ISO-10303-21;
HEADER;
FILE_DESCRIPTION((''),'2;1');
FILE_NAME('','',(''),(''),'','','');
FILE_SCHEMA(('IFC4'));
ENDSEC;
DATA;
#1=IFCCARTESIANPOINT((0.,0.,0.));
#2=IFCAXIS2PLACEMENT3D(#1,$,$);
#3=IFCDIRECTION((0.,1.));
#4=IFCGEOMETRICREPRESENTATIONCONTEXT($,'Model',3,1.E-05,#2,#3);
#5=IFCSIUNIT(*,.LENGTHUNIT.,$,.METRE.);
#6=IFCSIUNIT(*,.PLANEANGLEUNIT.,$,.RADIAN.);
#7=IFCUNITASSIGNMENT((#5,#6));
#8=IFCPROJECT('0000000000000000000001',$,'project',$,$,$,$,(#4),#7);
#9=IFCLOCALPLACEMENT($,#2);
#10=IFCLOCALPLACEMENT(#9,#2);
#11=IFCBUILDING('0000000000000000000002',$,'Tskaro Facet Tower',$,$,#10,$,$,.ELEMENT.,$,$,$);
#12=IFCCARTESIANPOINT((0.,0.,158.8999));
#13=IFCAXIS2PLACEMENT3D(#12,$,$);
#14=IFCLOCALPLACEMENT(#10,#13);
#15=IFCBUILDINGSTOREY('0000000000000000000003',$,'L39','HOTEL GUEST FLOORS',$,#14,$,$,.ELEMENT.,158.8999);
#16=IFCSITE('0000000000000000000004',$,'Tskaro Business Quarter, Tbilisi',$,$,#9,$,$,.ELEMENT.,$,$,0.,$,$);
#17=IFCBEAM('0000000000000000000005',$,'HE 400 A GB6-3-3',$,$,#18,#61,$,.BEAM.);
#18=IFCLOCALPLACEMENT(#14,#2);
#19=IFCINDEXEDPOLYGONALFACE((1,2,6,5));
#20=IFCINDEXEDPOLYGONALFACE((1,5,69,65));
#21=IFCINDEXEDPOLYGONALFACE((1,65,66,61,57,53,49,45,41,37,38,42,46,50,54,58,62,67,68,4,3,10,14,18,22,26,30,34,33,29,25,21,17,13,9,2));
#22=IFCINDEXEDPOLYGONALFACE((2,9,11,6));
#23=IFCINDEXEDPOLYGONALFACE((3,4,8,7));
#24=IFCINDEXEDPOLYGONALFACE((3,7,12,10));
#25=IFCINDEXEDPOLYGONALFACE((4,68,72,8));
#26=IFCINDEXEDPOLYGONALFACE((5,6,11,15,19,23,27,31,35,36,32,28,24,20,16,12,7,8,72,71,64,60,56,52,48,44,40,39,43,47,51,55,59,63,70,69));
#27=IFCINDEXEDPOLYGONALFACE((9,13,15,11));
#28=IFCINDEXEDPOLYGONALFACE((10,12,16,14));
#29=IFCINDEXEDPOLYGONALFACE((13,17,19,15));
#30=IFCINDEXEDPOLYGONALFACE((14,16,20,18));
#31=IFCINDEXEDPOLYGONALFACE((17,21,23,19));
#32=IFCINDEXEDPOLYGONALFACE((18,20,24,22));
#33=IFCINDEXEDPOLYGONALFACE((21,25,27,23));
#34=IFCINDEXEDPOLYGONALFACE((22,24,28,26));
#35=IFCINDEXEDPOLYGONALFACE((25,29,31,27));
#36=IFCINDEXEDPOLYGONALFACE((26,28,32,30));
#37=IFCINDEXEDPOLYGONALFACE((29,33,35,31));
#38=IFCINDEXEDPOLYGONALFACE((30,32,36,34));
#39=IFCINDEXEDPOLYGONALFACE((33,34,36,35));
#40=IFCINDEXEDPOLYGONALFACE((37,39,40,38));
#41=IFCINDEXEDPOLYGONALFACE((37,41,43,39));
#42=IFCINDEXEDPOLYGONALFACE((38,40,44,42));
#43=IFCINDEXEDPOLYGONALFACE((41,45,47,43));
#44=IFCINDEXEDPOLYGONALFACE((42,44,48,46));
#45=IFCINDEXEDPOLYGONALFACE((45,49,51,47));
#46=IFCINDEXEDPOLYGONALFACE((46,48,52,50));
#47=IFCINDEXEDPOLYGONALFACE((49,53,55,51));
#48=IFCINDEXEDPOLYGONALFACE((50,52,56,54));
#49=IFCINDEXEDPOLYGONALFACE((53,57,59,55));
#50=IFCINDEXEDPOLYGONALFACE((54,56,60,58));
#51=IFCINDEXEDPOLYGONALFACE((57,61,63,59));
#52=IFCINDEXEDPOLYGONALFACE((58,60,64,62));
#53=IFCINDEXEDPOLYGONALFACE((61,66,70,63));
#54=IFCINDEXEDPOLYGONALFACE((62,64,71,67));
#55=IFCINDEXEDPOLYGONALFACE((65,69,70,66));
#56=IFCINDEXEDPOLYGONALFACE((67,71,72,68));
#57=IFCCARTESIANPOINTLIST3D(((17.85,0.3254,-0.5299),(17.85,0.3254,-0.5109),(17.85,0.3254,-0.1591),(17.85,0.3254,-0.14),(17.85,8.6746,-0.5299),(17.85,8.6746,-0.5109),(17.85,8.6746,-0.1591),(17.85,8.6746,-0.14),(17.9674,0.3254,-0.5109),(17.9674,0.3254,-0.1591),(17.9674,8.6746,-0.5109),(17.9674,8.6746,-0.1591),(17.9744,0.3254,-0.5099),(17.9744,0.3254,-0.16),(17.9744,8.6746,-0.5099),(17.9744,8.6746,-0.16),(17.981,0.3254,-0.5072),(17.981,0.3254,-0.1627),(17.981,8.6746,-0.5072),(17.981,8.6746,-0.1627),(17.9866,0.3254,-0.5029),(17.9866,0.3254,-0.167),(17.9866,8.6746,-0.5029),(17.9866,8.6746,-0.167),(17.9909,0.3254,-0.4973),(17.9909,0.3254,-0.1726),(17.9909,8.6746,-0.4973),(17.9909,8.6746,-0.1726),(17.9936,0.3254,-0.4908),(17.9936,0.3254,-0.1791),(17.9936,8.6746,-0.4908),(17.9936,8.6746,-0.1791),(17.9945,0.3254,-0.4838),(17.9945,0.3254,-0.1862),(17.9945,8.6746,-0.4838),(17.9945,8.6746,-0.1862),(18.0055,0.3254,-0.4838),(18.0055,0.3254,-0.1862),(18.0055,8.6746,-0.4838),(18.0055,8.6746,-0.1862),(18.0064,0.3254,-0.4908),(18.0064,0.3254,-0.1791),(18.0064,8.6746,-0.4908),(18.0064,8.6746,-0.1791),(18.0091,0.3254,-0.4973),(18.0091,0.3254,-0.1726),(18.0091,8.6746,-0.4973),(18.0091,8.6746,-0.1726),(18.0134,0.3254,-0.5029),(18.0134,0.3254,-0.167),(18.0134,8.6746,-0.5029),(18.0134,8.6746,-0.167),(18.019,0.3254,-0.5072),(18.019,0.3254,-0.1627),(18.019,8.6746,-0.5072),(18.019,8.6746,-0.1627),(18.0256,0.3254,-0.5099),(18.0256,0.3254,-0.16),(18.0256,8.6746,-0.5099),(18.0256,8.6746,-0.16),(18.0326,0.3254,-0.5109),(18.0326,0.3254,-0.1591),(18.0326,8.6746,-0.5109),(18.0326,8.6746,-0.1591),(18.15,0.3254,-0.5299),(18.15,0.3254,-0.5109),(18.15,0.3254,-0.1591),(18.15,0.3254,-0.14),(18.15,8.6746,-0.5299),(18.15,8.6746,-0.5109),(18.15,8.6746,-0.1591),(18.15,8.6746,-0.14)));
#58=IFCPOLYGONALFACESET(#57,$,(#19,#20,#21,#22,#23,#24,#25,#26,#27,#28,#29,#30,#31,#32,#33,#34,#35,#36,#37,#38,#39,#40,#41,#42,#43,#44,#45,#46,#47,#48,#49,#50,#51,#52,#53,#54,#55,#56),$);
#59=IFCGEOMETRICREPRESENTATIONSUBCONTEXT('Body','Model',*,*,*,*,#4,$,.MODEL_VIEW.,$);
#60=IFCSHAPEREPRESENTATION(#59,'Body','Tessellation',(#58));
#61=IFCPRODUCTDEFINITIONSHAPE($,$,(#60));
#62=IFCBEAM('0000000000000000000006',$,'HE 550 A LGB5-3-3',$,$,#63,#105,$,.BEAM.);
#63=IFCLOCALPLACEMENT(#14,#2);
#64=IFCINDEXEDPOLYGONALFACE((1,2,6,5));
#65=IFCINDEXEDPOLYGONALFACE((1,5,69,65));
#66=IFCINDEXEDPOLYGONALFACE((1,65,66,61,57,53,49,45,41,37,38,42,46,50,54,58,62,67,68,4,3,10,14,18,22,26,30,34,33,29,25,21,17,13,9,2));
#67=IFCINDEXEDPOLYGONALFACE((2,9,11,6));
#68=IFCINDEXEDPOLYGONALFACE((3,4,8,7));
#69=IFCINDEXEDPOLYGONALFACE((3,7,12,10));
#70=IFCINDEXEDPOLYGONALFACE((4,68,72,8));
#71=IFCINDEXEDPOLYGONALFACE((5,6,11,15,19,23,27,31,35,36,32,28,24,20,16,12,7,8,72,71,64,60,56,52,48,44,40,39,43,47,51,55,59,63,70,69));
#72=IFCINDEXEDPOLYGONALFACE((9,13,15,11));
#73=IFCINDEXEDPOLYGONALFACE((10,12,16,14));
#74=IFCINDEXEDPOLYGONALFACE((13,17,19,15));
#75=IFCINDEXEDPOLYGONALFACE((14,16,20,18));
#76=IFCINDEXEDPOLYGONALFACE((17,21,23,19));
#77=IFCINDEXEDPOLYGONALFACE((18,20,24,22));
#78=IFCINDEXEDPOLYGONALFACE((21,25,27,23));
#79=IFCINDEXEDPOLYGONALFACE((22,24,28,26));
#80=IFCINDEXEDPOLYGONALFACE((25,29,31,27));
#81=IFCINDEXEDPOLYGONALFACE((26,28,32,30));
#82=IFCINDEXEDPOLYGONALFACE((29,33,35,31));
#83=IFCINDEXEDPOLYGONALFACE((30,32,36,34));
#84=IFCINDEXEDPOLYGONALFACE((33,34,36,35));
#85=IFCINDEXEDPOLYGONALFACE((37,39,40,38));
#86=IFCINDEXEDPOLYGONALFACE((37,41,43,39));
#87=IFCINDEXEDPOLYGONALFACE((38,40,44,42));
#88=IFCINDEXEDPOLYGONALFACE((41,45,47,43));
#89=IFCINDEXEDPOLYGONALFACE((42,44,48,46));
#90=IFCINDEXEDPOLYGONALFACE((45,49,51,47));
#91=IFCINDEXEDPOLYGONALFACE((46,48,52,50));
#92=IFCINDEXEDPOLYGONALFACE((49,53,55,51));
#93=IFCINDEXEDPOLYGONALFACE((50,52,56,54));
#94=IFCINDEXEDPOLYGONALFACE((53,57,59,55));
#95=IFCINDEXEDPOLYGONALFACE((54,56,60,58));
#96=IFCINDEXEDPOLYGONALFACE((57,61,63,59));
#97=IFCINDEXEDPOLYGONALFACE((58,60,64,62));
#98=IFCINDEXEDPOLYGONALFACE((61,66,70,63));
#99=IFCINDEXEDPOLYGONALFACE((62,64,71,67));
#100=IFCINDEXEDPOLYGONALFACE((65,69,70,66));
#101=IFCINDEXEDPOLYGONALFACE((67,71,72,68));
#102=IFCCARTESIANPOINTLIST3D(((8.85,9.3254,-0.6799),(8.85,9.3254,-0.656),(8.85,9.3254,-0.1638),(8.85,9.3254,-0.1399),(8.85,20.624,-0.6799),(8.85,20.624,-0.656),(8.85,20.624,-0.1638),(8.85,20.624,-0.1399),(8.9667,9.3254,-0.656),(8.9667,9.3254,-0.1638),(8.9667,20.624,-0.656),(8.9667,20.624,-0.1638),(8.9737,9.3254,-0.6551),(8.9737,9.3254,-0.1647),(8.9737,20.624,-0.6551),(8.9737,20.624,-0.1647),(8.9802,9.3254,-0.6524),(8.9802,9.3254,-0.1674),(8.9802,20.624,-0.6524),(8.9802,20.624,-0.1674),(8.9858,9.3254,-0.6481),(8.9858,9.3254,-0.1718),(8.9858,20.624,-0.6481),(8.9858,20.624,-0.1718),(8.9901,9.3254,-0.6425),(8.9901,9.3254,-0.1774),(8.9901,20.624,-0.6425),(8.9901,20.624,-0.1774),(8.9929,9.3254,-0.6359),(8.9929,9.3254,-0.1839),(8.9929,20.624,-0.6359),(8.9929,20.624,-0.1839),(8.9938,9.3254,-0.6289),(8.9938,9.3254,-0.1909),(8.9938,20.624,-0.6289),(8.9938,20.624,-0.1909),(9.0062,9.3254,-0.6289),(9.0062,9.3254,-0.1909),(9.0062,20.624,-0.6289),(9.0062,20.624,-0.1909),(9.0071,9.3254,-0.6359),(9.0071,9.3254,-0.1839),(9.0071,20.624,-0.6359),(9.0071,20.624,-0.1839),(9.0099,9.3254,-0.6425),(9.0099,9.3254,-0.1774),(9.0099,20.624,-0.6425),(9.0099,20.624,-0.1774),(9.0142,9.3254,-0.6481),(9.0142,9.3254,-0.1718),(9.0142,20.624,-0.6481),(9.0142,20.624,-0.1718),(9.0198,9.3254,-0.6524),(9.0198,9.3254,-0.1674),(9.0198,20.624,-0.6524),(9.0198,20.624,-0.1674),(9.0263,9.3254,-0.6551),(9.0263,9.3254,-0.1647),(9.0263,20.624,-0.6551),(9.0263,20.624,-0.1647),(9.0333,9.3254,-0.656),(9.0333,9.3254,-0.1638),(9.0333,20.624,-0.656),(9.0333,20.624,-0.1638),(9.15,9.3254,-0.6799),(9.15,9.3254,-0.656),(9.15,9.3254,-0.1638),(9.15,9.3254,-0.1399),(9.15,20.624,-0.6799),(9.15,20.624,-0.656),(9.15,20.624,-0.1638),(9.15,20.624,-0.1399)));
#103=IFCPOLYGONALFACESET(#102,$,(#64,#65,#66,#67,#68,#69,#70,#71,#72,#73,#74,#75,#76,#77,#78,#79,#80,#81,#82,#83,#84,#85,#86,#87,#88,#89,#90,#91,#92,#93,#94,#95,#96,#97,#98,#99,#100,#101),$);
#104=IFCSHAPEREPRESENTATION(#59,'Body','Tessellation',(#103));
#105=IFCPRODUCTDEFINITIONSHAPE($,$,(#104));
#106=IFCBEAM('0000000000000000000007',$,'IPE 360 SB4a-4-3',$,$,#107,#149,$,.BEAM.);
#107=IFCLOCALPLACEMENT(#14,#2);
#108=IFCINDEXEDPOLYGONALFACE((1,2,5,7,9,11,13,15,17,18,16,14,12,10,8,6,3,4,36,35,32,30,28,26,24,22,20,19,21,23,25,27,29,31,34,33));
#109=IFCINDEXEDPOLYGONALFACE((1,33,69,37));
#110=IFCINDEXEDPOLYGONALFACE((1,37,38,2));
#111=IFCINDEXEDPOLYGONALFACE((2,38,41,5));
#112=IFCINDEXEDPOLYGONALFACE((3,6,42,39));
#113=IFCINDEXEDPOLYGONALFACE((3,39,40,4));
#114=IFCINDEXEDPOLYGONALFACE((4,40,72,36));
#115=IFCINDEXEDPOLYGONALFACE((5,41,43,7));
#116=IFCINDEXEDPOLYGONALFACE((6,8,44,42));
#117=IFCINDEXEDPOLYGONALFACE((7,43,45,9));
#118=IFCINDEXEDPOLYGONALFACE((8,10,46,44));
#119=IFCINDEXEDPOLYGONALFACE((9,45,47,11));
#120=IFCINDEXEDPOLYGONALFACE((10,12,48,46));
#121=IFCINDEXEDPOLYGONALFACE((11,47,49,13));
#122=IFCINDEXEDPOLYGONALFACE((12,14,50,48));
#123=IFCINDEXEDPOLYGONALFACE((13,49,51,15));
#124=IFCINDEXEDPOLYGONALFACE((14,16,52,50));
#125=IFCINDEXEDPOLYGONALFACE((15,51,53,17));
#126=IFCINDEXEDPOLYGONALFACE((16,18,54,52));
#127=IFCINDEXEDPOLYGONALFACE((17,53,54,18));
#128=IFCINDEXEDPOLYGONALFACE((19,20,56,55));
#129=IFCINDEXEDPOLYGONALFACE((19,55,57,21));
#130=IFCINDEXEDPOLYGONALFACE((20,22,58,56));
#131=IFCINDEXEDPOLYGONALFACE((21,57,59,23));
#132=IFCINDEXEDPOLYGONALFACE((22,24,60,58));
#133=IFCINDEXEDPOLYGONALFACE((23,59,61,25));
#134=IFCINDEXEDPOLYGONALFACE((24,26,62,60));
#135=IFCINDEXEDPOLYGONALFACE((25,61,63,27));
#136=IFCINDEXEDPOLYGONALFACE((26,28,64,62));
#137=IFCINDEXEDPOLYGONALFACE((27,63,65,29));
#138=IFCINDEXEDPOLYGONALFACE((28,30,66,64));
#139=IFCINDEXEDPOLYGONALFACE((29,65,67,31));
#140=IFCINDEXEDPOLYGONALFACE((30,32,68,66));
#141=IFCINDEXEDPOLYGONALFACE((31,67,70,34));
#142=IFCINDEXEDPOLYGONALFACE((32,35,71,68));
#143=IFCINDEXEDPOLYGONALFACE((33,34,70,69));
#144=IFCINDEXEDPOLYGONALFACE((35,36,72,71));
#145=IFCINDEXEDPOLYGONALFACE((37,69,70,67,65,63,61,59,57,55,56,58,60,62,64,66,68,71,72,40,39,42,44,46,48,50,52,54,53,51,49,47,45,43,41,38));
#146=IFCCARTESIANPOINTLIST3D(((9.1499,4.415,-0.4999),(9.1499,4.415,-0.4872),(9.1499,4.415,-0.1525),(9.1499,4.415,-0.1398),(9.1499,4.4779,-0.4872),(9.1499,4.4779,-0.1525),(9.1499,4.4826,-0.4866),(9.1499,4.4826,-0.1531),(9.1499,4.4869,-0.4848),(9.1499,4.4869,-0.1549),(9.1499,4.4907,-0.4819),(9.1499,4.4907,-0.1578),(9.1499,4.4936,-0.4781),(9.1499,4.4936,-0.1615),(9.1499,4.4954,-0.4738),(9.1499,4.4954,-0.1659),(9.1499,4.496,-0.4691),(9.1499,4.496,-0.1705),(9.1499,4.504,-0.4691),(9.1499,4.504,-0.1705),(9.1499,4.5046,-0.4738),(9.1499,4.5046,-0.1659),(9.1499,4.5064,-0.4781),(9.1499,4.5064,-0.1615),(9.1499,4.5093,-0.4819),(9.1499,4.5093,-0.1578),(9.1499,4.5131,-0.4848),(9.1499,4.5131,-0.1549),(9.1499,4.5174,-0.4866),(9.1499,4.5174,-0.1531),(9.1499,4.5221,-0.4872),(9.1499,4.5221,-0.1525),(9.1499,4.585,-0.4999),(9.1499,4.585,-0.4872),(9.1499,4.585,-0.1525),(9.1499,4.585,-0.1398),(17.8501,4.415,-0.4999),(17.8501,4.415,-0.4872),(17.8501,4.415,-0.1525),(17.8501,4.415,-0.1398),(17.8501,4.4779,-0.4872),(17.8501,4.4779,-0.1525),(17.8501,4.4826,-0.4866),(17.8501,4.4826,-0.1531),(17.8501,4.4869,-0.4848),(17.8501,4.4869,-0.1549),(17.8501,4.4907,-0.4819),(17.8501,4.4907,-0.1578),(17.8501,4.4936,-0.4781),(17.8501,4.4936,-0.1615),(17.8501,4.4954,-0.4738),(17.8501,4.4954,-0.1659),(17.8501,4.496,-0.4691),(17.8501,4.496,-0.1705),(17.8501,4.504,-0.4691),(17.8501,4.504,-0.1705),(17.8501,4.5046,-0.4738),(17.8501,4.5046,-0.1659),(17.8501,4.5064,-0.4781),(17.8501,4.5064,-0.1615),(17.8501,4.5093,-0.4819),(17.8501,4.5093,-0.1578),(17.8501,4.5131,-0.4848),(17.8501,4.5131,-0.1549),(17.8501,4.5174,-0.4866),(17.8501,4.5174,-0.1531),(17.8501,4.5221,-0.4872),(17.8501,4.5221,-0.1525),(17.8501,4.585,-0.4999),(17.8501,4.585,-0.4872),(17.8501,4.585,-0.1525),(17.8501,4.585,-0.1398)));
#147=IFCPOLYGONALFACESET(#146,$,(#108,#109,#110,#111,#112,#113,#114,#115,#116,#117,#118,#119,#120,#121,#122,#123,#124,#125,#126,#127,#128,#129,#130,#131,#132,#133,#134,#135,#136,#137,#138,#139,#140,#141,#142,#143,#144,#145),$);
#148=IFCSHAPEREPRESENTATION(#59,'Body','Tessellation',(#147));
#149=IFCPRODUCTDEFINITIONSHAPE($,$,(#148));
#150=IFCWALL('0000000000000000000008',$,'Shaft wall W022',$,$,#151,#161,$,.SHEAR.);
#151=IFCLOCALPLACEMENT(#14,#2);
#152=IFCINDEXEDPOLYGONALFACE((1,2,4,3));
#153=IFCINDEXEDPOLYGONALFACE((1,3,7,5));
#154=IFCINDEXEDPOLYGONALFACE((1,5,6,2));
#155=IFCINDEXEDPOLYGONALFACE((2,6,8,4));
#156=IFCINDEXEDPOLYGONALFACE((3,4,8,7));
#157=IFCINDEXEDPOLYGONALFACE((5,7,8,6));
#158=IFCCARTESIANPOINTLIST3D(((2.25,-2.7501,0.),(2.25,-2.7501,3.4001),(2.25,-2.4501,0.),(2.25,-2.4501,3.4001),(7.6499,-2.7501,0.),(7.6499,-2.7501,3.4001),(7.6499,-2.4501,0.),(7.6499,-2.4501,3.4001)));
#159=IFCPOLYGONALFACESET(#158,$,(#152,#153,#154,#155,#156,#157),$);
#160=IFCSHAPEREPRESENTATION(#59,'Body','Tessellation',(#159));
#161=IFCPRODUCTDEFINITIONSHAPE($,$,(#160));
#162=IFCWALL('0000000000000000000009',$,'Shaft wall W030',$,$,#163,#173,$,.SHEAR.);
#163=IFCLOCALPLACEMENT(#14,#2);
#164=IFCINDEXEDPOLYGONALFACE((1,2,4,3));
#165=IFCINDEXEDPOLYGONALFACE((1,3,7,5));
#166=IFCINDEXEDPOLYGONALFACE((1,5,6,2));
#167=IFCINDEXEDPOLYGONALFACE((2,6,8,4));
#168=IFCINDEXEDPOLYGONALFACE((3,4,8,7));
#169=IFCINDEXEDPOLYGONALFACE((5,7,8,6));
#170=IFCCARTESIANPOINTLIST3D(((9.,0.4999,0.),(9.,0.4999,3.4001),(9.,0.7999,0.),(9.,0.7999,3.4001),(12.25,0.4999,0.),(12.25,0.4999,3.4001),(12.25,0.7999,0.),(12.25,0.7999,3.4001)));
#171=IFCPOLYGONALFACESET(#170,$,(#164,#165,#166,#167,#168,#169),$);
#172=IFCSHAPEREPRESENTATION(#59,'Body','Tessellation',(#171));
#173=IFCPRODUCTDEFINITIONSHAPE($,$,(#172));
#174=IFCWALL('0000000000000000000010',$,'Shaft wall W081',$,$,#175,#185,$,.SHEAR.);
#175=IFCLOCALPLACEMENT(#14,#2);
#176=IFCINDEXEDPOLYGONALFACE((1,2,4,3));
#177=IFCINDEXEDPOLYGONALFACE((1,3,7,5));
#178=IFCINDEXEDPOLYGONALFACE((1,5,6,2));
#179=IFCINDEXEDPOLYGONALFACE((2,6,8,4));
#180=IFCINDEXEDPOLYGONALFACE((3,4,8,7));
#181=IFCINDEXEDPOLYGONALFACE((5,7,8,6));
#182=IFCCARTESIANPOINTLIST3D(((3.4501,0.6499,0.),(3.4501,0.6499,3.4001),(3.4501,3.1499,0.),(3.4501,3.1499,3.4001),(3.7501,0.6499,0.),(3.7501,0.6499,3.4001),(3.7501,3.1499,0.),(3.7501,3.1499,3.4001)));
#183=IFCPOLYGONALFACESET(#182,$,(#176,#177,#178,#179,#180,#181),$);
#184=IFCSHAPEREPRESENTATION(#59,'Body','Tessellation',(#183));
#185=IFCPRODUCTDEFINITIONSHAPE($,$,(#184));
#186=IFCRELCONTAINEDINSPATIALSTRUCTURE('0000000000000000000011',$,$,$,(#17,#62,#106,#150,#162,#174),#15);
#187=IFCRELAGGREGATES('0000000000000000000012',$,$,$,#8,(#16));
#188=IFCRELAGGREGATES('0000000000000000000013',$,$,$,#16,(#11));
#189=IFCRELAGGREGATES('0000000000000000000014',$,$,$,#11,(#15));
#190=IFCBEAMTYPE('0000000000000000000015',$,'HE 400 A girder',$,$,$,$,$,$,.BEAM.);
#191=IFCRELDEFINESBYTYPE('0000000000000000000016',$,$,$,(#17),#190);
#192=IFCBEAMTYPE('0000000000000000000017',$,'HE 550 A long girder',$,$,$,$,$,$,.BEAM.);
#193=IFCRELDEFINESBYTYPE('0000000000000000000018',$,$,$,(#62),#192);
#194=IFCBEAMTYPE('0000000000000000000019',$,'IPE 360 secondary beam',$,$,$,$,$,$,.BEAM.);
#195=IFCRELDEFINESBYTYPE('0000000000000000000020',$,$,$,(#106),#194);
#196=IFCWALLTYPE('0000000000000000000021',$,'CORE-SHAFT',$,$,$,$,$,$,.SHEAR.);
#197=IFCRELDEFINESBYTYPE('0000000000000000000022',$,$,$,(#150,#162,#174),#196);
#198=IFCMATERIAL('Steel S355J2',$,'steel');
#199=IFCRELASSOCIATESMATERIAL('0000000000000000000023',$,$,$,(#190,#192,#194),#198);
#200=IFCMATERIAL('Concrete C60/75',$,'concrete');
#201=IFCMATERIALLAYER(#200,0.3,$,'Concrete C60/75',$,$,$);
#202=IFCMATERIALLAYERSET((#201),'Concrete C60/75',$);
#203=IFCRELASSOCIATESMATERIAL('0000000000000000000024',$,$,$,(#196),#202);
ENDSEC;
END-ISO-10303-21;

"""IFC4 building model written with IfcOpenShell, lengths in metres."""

from ifc_helpers import new_model, si_unit, direction, frame, frame_2d, origin, origin_2d, place, context, subcontext, project, spatial, rectangle, i_section, extrude, material, layer, layer_set, material_profile, profile_set, type_object, element, save


model = new_model("IFC4")

# Units and contexts
model_context = context("Model", 3, precision=1e-05, world=origin(), true_north=direction((0.0, 1.0)))
body_context = subcontext(model_context, "Body", "Model", "MODEL_VIEW")
ifc_project = project(units=[si_unit("LENGTHUNIT", "METRE"), si_unit("PLANEANGLEUNIT", "RADIAN")], contexts=[model_context])

# Site, building, storey
site_placement = place(None, origin())
site = spatial("IfcSite", under=ifc_project, at=site_placement, Name="Tskaro Business Quarter, Tbilisi", CompositionType="ELEMENT", RefElevation=0.0)
building_placement = place(site_placement, origin())
building = spatial("IfcBuilding", under=site, at=building_placement, Name="Tskaro Facet Tower", CompositionType="ELEMENT")
storey_placement = place(building_placement, frame((0.0, 0.0, 158.8999)))
storey = spatial("IfcBuildingStorey", under=building, at=storey_placement, Name="L39", Description="HOTEL GUEST FLOORS", CompositionType="ELEMENT", Elevation=158.8999)

# Beams
ifc_material_1 = material(Name="Steel S355J2", Category="steel")
ifc_material_profile_1 = material_profile(ifc_material_1, i_section(OverallWidth=0.3, OverallDepth=0.3899, WebThickness=0.011, FlangeThickness=0.019, FilletRadius=0.0271, at=origin_2d()), Name="HE 400 A")
ifc_profile_set_1 = profile_set([ifc_material_profile_1], Name="Steel S355J2")
beam_type_1 = type_object("IfcBeamType", Name="HE 400 A girder", PredefinedType="BEAM", material=ifc_profile_set_1)
beam_1_placement = place(storey_placement, frame((18.0, 0.3254, -0.335), z_axis=(0.0, 1.0, 0.0), x_axis=(-1.0, 0.0, 0.0)))
element("IfcBeam", 1, at=beam_1_placement, inside=storey, type_object=beam_type_1, Name="HE 400 A GB6-3-3", PredefinedType="BEAM", context=body_context, shape_type="SweptSolid", body=[
    extrude(i_section(OverallWidth=0.3, OverallDepth=0.3899, WebThickness=0.011, FlangeThickness=0.019, FilletRadius=0.0271, at=origin_2d()), origin(), (0.0, 0.0, 1.0), 8.3491),
])
ifc_material_profile_2 = material_profile(ifc_material_1, i_section(OverallWidth=0.3, OverallDepth=0.54, WebThickness=0.0125, FlangeThickness=0.0239, FilletRadius=0.0271, at=origin_2d()), Name="HE 550 A")
ifc_profile_set_2 = profile_set([ifc_material_profile_2], Name="Steel S355J2")
beam_type_2 = type_object("IfcBeamType", Name="HE 550 A long girder", PredefinedType="BEAM", material=ifc_profile_set_2)
beam_2_placement = place(storey_placement, frame((9.0, 9.3254, -0.4099), z_axis=(0.0, 1.0, 0.0), x_axis=(-1.0, 0.0, 0.0)))
element("IfcBeam", 2, at=beam_2_placement, inside=storey, type_object=beam_type_2, Name="HE 550 A LGB5-3-3", PredefinedType="BEAM", context=body_context, shape_type="SweptSolid", body=[
    extrude(i_section(OverallWidth=0.3, OverallDepth=0.54, WebThickness=0.0125, FlangeThickness=0.0239, FilletRadius=0.0271, at=origin_2d()), origin(), (0.0, 0.0, 1.0), 11.2986),
])
ifc_material_profile_3 = material_profile(ifc_material_1, i_section(OverallWidth=0.1699, OverallDepth=0.3601, WebThickness=0.0081, FlangeThickness=0.0127, FilletRadius=0.0181, at=origin_2d()), Name="IPE 360")
ifc_profile_set_3 = profile_set([ifc_material_profile_3], Name="Steel S355J2")
beam_type_3 = type_object("IfcBeamType", Name="IPE 360 secondary beam", PredefinedType="BEAM", material=ifc_profile_set_3)
beam_3_placement = place(storey_placement, frame((9.1499, 4.5, -0.3198), z_axis=(1.0, 0.0, 0.0), x_axis=(0.0, 1.0, 0.0)))
element("IfcBeam", 3, at=beam_3_placement, inside=storey, type_object=beam_type_3, Name="IPE 360 SB4a-4-3", PredefinedType="BEAM", context=body_context, shape_type="SweptSolid", body=[
    extrude(i_section(OverallWidth=0.1699, OverallDepth=0.3601, WebThickness=0.0081, FlangeThickness=0.0127, FilletRadius=0.0181, at=origin_2d()), origin(), (0.0, 0.0, 1.0), 8.7002),
])

# Walls
ifc_material_2 = material(Name="Concrete C60/75", Category="concrete")
ifc_layer_1 = layer(ifc_material_2, 0.3, Name="Concrete C60/75")
ifc_layer_set_1 = layer_set([ifc_layer_1], Name="Concrete C60/75")
wall_type_1 = type_object("IfcWallType", Name="CORE-SHAFT", PredefinedType="SHEAR", material=ifc_layer_set_1)
wall_1_placement = place(storey_placement, frame((2.25, -2.6001, 0.0), z_axis=(0.0, 0.0, 1.0), x_axis=(1.0, 0.0, 0.0)))
element("IfcWall", 4, at=wall_1_placement, inside=storey, type_object=wall_type_1, Name="Shaft wall W022", PredefinedType="SHEAR", context=body_context, shape_type="SweptSolid", body=[
    extrude(rectangle(XDim=5.3999, YDim=0.3, at=frame_2d((2.7, 0.0))), origin(), (0.0, 0.0, 1.0), 3.4001),
])
wall_2_placement = place(storey_placement, frame((12.25, 0.6499, 0.0), z_axis=(0.0, 0.0, 1.0), x_axis=(-1.0, 0.0, 0.0)))
element("IfcWall", 5, at=wall_2_placement, inside=storey, type_object=wall_type_1, Name="Shaft wall W030", PredefinedType="SHEAR", context=body_context, shape_type="SweptSolid", body=[
    extrude(rectangle(XDim=3.25, YDim=0.3, at=frame_2d((1.625, 0.0))), origin(), (0.0, 0.0, 1.0), 3.4001),
])
for number, where, z_axis, x_axis, name in (
    (6, (3.6001, 0.6499, 0.0), (0.0, 0.0, 1.0), (0.0, 1.0, 0.0), "Shaft wall W081"),
):
    element("IfcWall", number, at=place(storey_placement, frame(where, z_axis=z_axis, x_axis=x_axis)), inside=storey, type_object=wall_type_1, Name=name, PredefinedType="SHEAR", context=body_context, shape_type="SweptSolid", body=[
        extrude(rectangle(XDim=2.5, YDim=0.3, at=frame_2d((1.25, 0.0))), origin(), (0.0, 0.0, 1.0), 3.4001),
    ])

save(model, "model.ifc")
